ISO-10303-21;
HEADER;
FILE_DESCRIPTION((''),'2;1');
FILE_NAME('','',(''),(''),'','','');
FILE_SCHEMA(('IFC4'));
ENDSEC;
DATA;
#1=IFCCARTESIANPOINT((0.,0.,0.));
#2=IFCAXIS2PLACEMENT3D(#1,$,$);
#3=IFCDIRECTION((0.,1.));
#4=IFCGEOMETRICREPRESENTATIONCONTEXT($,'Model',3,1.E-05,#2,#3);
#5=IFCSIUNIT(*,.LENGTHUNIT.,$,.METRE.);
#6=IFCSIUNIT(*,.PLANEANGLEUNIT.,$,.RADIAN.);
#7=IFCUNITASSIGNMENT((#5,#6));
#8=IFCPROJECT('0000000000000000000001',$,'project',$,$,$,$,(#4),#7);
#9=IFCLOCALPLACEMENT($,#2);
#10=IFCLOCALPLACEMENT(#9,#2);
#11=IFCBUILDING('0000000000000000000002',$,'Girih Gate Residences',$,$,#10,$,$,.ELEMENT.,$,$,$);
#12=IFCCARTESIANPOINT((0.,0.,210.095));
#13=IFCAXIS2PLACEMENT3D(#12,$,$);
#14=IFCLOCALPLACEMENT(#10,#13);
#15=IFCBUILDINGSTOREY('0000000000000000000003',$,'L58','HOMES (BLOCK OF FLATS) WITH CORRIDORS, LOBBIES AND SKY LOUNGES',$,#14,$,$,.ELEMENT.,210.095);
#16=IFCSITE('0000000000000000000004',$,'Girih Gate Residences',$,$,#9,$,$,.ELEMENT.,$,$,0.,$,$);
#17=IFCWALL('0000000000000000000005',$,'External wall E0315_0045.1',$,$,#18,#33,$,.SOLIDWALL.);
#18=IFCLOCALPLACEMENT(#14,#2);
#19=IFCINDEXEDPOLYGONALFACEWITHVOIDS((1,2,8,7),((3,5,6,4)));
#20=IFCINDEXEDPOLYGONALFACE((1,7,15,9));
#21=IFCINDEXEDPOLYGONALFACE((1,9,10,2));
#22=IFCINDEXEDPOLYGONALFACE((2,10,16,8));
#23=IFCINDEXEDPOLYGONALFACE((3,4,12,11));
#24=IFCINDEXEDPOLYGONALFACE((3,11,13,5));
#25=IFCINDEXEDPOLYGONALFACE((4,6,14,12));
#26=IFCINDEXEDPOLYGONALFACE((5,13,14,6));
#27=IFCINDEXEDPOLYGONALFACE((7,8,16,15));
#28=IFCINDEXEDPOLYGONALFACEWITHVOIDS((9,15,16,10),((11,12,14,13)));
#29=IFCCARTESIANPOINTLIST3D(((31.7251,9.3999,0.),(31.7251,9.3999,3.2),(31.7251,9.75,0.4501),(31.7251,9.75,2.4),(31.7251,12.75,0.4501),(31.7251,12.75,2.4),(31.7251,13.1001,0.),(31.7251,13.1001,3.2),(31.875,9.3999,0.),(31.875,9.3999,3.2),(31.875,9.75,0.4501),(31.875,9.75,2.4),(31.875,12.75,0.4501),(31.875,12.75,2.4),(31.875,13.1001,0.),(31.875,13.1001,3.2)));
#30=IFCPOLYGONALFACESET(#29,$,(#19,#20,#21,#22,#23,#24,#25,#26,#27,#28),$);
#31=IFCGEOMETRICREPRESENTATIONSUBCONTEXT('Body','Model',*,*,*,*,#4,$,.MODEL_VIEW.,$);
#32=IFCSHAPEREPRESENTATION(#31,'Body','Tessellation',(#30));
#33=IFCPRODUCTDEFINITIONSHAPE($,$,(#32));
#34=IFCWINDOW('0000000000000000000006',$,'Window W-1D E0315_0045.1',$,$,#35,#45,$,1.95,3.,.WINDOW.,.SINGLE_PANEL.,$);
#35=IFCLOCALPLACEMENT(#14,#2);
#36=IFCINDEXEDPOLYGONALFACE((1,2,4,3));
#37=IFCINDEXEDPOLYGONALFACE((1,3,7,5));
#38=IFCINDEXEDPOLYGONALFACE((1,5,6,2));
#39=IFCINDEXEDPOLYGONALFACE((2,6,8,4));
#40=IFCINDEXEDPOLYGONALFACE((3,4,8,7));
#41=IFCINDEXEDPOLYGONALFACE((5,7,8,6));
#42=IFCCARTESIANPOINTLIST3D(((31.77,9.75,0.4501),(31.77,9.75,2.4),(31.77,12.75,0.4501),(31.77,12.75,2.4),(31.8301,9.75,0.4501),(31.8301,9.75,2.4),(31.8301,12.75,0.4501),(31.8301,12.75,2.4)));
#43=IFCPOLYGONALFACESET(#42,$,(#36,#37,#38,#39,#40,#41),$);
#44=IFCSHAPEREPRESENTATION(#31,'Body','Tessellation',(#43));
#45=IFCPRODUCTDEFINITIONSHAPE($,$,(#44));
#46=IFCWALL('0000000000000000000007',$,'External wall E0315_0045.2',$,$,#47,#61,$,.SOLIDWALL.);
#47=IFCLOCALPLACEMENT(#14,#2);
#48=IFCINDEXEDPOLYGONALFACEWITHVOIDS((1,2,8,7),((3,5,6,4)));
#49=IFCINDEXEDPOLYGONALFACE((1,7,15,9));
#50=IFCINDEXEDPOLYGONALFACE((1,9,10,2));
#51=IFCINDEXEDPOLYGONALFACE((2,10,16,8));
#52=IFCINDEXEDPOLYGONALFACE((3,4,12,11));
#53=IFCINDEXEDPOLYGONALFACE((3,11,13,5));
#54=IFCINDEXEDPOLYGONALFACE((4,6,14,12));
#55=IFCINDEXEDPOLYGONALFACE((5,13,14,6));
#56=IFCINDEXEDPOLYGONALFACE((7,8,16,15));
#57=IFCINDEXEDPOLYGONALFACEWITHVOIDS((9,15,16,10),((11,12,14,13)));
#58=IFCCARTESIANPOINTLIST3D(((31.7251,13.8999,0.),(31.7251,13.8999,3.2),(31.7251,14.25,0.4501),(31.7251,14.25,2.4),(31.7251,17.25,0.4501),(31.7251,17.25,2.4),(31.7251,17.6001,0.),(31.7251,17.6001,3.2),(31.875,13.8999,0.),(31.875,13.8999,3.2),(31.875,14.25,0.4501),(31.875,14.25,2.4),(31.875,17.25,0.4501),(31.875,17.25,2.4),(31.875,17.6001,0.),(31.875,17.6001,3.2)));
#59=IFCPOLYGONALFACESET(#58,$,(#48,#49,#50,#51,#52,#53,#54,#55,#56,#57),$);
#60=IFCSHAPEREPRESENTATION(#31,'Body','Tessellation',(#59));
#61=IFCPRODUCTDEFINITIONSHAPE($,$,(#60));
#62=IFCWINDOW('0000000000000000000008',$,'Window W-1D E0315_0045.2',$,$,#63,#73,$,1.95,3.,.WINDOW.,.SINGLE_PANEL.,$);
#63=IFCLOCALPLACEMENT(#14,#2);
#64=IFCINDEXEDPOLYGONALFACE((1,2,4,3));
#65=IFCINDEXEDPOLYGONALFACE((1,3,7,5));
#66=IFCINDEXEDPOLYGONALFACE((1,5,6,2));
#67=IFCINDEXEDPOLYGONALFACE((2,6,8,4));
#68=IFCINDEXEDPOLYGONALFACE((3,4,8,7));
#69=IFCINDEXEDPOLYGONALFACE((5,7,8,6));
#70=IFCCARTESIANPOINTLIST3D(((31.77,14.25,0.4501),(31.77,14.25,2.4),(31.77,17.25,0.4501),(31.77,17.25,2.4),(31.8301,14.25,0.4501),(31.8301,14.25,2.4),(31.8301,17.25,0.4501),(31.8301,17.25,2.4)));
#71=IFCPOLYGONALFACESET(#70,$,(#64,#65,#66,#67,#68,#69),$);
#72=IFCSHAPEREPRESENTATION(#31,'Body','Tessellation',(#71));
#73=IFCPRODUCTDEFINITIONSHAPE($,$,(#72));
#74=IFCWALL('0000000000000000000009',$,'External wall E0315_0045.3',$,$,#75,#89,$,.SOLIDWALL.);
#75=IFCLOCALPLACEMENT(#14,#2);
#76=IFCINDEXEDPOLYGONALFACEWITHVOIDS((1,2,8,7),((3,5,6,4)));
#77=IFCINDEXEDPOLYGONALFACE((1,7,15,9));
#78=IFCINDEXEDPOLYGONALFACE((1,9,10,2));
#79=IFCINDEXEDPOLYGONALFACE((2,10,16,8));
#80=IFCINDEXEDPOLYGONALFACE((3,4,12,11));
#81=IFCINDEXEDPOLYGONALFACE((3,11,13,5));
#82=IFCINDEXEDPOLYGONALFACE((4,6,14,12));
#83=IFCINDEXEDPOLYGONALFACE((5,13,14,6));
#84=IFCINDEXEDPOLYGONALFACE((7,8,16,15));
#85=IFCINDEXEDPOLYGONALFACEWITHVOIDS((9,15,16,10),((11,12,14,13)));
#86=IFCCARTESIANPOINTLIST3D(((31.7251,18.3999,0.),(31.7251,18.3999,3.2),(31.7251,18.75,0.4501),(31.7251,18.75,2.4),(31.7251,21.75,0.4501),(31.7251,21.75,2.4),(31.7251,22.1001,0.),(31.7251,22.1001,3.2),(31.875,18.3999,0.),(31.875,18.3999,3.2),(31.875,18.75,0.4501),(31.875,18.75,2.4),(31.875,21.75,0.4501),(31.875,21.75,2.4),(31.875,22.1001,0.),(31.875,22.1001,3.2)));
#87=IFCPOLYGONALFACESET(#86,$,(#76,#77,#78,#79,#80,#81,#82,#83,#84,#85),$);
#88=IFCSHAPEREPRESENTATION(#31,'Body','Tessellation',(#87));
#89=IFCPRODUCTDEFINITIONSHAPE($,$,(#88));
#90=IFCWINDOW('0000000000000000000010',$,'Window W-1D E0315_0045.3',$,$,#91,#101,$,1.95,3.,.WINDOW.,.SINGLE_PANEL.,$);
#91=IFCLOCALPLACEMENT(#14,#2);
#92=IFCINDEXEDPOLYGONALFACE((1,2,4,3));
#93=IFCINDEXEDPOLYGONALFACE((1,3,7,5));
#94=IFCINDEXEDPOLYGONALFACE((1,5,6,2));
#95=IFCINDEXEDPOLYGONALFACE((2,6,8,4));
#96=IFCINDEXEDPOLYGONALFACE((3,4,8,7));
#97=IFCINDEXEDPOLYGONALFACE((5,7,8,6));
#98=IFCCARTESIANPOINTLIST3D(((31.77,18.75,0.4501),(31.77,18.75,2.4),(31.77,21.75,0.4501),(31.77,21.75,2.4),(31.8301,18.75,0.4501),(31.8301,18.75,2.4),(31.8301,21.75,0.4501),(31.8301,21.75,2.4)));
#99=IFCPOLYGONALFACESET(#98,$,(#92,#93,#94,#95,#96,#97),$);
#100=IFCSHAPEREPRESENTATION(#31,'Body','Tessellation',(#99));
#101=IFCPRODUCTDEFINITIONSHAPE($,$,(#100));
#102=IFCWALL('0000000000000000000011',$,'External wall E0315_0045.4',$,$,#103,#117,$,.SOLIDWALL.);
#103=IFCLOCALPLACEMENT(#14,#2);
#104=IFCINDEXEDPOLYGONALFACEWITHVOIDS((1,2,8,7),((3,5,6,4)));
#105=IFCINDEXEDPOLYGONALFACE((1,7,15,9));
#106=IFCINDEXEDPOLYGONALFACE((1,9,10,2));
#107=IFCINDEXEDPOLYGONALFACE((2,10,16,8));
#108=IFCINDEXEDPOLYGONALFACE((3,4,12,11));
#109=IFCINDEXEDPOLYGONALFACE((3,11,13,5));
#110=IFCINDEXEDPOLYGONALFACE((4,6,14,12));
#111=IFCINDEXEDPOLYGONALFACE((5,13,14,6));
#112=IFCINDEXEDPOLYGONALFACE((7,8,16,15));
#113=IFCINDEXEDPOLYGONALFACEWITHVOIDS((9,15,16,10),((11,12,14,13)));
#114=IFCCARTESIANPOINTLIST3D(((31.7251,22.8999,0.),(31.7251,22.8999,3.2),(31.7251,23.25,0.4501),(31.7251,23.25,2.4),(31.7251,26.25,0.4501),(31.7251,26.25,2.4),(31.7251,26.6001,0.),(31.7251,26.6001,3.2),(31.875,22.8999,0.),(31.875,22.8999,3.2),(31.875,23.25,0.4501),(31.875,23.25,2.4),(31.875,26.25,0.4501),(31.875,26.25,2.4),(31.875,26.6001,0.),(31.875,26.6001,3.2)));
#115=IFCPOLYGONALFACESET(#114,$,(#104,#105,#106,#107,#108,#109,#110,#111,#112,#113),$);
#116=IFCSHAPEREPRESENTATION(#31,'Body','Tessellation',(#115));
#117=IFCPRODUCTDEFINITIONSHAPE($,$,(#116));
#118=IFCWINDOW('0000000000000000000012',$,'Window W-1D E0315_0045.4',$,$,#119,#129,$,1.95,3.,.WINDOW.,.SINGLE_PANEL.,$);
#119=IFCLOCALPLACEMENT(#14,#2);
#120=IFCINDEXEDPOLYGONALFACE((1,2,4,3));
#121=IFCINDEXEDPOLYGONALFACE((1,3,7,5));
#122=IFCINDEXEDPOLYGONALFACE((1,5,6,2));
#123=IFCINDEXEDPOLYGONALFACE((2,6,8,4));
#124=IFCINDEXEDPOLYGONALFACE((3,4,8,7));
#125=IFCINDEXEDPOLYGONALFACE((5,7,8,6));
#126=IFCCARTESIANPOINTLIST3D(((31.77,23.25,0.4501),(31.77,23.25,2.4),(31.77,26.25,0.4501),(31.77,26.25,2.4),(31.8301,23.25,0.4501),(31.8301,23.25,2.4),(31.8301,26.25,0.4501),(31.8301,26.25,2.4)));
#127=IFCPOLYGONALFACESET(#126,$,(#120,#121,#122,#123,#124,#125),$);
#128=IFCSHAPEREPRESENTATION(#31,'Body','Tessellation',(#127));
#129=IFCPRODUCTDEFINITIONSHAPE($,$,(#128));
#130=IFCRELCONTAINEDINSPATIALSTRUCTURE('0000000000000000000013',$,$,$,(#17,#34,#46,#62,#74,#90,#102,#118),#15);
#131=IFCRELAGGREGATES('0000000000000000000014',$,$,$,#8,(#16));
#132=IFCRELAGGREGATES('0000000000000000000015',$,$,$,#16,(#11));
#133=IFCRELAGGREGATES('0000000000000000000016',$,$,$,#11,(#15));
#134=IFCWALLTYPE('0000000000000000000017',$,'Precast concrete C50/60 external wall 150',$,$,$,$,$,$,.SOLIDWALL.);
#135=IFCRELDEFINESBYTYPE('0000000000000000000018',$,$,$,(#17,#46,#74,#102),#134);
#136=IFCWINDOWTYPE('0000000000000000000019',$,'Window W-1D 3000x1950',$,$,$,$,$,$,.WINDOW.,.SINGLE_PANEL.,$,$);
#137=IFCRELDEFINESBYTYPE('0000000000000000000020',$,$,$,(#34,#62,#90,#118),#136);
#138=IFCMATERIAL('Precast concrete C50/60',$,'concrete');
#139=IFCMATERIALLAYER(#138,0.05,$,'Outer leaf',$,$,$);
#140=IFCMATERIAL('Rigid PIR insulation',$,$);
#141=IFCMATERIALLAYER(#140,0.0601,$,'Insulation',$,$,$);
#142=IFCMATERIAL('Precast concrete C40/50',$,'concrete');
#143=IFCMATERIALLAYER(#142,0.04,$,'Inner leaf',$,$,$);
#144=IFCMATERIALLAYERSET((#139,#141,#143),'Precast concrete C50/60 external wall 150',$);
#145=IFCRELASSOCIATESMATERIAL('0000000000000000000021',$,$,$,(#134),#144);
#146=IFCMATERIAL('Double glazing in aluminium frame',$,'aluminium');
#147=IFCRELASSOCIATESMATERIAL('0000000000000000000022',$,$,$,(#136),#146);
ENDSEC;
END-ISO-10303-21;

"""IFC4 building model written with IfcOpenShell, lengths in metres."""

from ifc_helpers import new_model, si_unit, direction, frame, frame_2d, origin, place, context, subcontext, project, spatial, rectangle, extrude, material, layer, layer_set, type_object, element, fill, save


model = new_model("IFC4")

# Units and contexts
model_context = context("Model", 3, precision=1e-05, world=origin(), true_north=direction((0.0, 1.0)))
body_context = subcontext(model_context, "Body", "Model", "MODEL_VIEW")
ifc_project = project(units=[si_unit("LENGTHUNIT", "METRE"), si_unit("PLANEANGLEUNIT", "RADIAN")], contexts=[model_context])

# Site, building, storey
site_placement = place(None, origin())
site = spatial("IfcSite", under=ifc_project, at=site_placement, Name="Girih Gate Residences", CompositionType="ELEMENT", RefElevation=0.0)
building_placement = place(site_placement, origin())
building = spatial("IfcBuilding", under=site, at=building_placement, Name="Girih Gate Residences", CompositionType="ELEMENT")
storey_placement = place(building_placement, frame((0.0, 0.0, 210.095)))
storey = spatial("IfcBuildingStorey", under=building, at=storey_placement, Name="L58", Description="HOMES (BLOCK OF FLATS) WITH CORRIDORS, LOBBIES AND SKY LOUNGES", CompositionType="ELEMENT", Elevation=210.095)

# Walls, openings, windows
ifc_material_1 = material(Name="Precast concrete C50/60", Category="concrete")
ifc_layer_1 = layer(ifc_material_1, 0.05, Name="Outer leaf")
ifc_material_2 = material(Name="Rigid PIR insulation")
ifc_layer_2 = layer(ifc_material_2, 0.0601, Name="Insulation")
ifc_material_3 = material(Name="Precast concrete C40/50", Category="concrete")
ifc_layer_3 = layer(ifc_material_3, 0.04, Name="Inner leaf")
ifc_layer_set_1 = layer_set([ifc_layer_1, ifc_layer_2, ifc_layer_3], Name="Precast concrete C50/60 external wall 150")
wall_type_1 = type_object("IfcWallType", Name="Precast concrete C50/60 external wall 150", PredefinedType="SOLIDWALL", material=ifc_layer_set_1)
wall_1_placement = place(storey_placement, frame((31.8, 13.1001, 0.0), z_axis=(0.0, 0.0, 1.0), x_axis=(0.0, -1.0, 0.0)))
wall_1 = element("IfcWall", 1, at=wall_1_placement, inside=storey, type_object=wall_type_1, Name="External wall E0315_0045.1", PredefinedType="SOLIDWALL", context=body_context, shape_type="SweptSolid", body=[
    extrude(rectangle(XDim=3.7002, YDim=0.1499, at=frame_2d((1.8501, 0.0))), origin(), (0.0, 0.0, 1.0), 3.2),
])
opening_1_placement = place(wall_1_placement, frame((0.3501, 0.0, 0.45)))
opening_1 = element("IfcOpeningElement", 2, at=opening_1_placement, cuts=wall_1, PredefinedType="OPENING", context=body_context, shape_type="SweptSolid", body=[
    extrude(rectangle(XDim=3.0, YDim=1.95, at=frame_2d((1.5, 0.9751))), frame((0.0, 0.085, 0.0), z_axis=(0.0, -1.0, 0.0), x_axis=(1.0, 0.0, 0.0)), (0.0, 0.0, 1.0), 0.1699),
])
ifc_material_4 = material(Name="Double glazing in aluminium frame", Category="aluminium")
window_type = type_object("IfcWindowType", Name="Window W-1D 3000x1950", PartitioningType="SINGLE_PANEL", PredefinedType="WINDOW", material=ifc_material_4)
window_1_placement = place(opening_1_placement, origin())
window_1 = element("IfcWindow", 3, at=window_1_placement, inside=storey, type_object=window_type, Name="Window W-1D E0315_0045.1", OverallHeight=1.95, OverallWidth=3.0, PartitioningType="SINGLE_PANEL", PredefinedType="WINDOW", context=body_context, shape_type="SweptSolid", body=[
    extrude(rectangle(XDim=3.0, YDim=1.95, at=frame_2d((1.5, 0.9751))), frame((0.0, 0.03, 0.0), z_axis=(0.0, -1.0, 0.0), x_axis=(1.0, 0.0, 0.0)), (0.0, 0.0, 1.0), 0.0601),
])
fill(opening_1, window_1)
wall_2_placement = place(storey_placement, frame((31.8, 17.6001, 0.0), z_axis=(0.0, 0.0, 1.0), x_axis=(0.0, -1.0, 0.0)))
wall_2 = element("IfcWall", 4, at=wall_2_placement, inside=storey, type_object=wall_type_1, Name="External wall E0315_0045.2", PredefinedType="SOLIDWALL", context=body_context, shape_type="SweptSolid", body=[
    extrude(rectangle(XDim=3.7002, YDim=0.1499, at=frame_2d((1.8501, 0.0))), origin(), (0.0, 0.0, 1.0), 3.2),
])
opening_2_placement = place(wall_2_placement, frame((0.3501, 0.0, 0.45)))
opening_2 = element("IfcOpeningElement", 5, at=opening_2_placement, cuts=wall_2, PredefinedType="OPENING", context=body_context, shape_type="SweptSolid", body=[
    extrude(rectangle(XDim=3.0, YDim=1.95, at=frame_2d((1.5, 0.9751))), frame((0.0, 0.085, 0.0), z_axis=(0.0, -1.0, 0.0), x_axis=(1.0, 0.0, 0.0)), (0.0, 0.0, 1.0), 0.1699),
])
window_2_placement = place(opening_2_placement, origin())
window_2 = element("IfcWindow", 6, at=window_2_placement, inside=storey, type_object=window_type, Name="Window W-1D E0315_0045.2", OverallHeight=1.95, OverallWidth=3.0, PartitioningType="SINGLE_PANEL", PredefinedType="WINDOW", context=body_context, shape_type="SweptSolid", body=[
    extrude(rectangle(XDim=3.0, YDim=1.95, at=frame_2d((1.5, 0.9751))), frame((0.0, 0.03, 0.0), z_axis=(0.0, -1.0, 0.0), x_axis=(1.0, 0.0, 0.0)), (0.0, 0.0, 1.0), 0.0601),
])
fill(opening_2, window_2)
wall_3_placement = place(storey_placement, frame((31.8, 22.1001, 0.0), z_axis=(0.0, 0.0, 1.0), x_axis=(0.0, -1.0, 0.0)))
wall_3 = element("IfcWall", 7, at=wall_3_placement, inside=storey, type_object=wall_type_1, Name="External wall E0315_0045.3", PredefinedType="SOLIDWALL", context=body_context, shape_type="SweptSolid", body=[
    extrude(rectangle(XDim=3.7002, YDim=0.1499, at=frame_2d((1.8501, 0.0))), origin(), (0.0, 0.0, 1.0), 3.2),
])
opening_3_placement = place(wall_3_placement, frame((0.3501, 0.0, 0.45)))
opening_3 = element("IfcOpeningElement", 8, at=opening_3_placement, cuts=wall_3, PredefinedType="OPENING", context=body_context, shape_type="SweptSolid", body=[
    extrude(rectangle(XDim=3.0, YDim=1.95, at=frame_2d((1.5, 0.9751))), frame((0.0, 0.085, 0.0), z_axis=(0.0, -1.0, 0.0), x_axis=(1.0, 0.0, 0.0)), (0.0, 0.0, 1.0), 0.1699),
])
window_3_placement = place(opening_3_placement, origin())
window_3 = element("IfcWindow", 9, at=window_3_placement, inside=storey, type_object=window_type, Name="Window W-1D E0315_0045.3", OverallHeight=1.95, OverallWidth=3.0, PartitioningType="SINGLE_PANEL", PredefinedType="WINDOW", context=body_context, shape_type="SweptSolid", body=[
    extrude(rectangle(XDim=3.0, YDim=1.95, at=frame_2d((1.5, 0.9751))), frame((0.0, 0.03, 0.0), z_axis=(0.0, -1.0, 0.0), x_axis=(1.0, 0.0, 0.0)), (0.0, 0.0, 1.0), 0.0601),
])
fill(opening_3, window_3)
wall_4_placement = place(storey_placement, frame((31.8, 26.6001, 0.0), z_axis=(0.0, 0.0, 1.0), x_axis=(0.0, -1.0, 0.0)))
wall_4 = element("IfcWall", 10, at=wall_4_placement, inside=storey, type_object=wall_type_1, Name="External wall E0315_0045.4", PredefinedType="SOLIDWALL", context=body_context, shape_type="SweptSolid", body=[
    extrude(rectangle(XDim=3.7002, YDim=0.1499, at=frame_2d((1.8501, 0.0))), origin(), (0.0, 0.0, 1.0), 3.2),
])
opening_4_placement = place(wall_4_placement, frame((0.3501, 0.0, 0.45)))
opening_4 = element("IfcOpeningElement", 11, at=opening_4_placement, cuts=wall_4, PredefinedType="OPENING", context=body_context, shape_type="SweptSolid", body=[
    extrude(rectangle(XDim=3.0, YDim=1.95, at=frame_2d((1.5, 0.9751))), frame((0.0, 0.085, 0.0), z_axis=(0.0, -1.0, 0.0), x_axis=(1.0, 0.0, 0.0)), (0.0, 0.0, 1.0), 0.1699),
])
window_4_placement = place(opening_4_placement, origin())
window_4 = element("IfcWindow", 12, at=window_4_placement, inside=storey, type_object=window_type, Name="Window W-1D E0315_0045.4", OverallHeight=1.95, OverallWidth=3.0, PartitioningType="SINGLE_PANEL", PredefinedType="WINDOW", context=body_context, shape_type="SweptSolid", body=[
    extrude(rectangle(XDim=3.0, YDim=1.95, at=frame_2d((1.5, 0.9751))), frame((0.0, 0.03, 0.0), z_axis=(0.0, -1.0, 0.0), x_axis=(1.0, 0.0, 0.0)), (0.0, 0.0, 1.0), 0.0601),
])
fill(opening_4, window_4)

save(model, "model.ifc")
